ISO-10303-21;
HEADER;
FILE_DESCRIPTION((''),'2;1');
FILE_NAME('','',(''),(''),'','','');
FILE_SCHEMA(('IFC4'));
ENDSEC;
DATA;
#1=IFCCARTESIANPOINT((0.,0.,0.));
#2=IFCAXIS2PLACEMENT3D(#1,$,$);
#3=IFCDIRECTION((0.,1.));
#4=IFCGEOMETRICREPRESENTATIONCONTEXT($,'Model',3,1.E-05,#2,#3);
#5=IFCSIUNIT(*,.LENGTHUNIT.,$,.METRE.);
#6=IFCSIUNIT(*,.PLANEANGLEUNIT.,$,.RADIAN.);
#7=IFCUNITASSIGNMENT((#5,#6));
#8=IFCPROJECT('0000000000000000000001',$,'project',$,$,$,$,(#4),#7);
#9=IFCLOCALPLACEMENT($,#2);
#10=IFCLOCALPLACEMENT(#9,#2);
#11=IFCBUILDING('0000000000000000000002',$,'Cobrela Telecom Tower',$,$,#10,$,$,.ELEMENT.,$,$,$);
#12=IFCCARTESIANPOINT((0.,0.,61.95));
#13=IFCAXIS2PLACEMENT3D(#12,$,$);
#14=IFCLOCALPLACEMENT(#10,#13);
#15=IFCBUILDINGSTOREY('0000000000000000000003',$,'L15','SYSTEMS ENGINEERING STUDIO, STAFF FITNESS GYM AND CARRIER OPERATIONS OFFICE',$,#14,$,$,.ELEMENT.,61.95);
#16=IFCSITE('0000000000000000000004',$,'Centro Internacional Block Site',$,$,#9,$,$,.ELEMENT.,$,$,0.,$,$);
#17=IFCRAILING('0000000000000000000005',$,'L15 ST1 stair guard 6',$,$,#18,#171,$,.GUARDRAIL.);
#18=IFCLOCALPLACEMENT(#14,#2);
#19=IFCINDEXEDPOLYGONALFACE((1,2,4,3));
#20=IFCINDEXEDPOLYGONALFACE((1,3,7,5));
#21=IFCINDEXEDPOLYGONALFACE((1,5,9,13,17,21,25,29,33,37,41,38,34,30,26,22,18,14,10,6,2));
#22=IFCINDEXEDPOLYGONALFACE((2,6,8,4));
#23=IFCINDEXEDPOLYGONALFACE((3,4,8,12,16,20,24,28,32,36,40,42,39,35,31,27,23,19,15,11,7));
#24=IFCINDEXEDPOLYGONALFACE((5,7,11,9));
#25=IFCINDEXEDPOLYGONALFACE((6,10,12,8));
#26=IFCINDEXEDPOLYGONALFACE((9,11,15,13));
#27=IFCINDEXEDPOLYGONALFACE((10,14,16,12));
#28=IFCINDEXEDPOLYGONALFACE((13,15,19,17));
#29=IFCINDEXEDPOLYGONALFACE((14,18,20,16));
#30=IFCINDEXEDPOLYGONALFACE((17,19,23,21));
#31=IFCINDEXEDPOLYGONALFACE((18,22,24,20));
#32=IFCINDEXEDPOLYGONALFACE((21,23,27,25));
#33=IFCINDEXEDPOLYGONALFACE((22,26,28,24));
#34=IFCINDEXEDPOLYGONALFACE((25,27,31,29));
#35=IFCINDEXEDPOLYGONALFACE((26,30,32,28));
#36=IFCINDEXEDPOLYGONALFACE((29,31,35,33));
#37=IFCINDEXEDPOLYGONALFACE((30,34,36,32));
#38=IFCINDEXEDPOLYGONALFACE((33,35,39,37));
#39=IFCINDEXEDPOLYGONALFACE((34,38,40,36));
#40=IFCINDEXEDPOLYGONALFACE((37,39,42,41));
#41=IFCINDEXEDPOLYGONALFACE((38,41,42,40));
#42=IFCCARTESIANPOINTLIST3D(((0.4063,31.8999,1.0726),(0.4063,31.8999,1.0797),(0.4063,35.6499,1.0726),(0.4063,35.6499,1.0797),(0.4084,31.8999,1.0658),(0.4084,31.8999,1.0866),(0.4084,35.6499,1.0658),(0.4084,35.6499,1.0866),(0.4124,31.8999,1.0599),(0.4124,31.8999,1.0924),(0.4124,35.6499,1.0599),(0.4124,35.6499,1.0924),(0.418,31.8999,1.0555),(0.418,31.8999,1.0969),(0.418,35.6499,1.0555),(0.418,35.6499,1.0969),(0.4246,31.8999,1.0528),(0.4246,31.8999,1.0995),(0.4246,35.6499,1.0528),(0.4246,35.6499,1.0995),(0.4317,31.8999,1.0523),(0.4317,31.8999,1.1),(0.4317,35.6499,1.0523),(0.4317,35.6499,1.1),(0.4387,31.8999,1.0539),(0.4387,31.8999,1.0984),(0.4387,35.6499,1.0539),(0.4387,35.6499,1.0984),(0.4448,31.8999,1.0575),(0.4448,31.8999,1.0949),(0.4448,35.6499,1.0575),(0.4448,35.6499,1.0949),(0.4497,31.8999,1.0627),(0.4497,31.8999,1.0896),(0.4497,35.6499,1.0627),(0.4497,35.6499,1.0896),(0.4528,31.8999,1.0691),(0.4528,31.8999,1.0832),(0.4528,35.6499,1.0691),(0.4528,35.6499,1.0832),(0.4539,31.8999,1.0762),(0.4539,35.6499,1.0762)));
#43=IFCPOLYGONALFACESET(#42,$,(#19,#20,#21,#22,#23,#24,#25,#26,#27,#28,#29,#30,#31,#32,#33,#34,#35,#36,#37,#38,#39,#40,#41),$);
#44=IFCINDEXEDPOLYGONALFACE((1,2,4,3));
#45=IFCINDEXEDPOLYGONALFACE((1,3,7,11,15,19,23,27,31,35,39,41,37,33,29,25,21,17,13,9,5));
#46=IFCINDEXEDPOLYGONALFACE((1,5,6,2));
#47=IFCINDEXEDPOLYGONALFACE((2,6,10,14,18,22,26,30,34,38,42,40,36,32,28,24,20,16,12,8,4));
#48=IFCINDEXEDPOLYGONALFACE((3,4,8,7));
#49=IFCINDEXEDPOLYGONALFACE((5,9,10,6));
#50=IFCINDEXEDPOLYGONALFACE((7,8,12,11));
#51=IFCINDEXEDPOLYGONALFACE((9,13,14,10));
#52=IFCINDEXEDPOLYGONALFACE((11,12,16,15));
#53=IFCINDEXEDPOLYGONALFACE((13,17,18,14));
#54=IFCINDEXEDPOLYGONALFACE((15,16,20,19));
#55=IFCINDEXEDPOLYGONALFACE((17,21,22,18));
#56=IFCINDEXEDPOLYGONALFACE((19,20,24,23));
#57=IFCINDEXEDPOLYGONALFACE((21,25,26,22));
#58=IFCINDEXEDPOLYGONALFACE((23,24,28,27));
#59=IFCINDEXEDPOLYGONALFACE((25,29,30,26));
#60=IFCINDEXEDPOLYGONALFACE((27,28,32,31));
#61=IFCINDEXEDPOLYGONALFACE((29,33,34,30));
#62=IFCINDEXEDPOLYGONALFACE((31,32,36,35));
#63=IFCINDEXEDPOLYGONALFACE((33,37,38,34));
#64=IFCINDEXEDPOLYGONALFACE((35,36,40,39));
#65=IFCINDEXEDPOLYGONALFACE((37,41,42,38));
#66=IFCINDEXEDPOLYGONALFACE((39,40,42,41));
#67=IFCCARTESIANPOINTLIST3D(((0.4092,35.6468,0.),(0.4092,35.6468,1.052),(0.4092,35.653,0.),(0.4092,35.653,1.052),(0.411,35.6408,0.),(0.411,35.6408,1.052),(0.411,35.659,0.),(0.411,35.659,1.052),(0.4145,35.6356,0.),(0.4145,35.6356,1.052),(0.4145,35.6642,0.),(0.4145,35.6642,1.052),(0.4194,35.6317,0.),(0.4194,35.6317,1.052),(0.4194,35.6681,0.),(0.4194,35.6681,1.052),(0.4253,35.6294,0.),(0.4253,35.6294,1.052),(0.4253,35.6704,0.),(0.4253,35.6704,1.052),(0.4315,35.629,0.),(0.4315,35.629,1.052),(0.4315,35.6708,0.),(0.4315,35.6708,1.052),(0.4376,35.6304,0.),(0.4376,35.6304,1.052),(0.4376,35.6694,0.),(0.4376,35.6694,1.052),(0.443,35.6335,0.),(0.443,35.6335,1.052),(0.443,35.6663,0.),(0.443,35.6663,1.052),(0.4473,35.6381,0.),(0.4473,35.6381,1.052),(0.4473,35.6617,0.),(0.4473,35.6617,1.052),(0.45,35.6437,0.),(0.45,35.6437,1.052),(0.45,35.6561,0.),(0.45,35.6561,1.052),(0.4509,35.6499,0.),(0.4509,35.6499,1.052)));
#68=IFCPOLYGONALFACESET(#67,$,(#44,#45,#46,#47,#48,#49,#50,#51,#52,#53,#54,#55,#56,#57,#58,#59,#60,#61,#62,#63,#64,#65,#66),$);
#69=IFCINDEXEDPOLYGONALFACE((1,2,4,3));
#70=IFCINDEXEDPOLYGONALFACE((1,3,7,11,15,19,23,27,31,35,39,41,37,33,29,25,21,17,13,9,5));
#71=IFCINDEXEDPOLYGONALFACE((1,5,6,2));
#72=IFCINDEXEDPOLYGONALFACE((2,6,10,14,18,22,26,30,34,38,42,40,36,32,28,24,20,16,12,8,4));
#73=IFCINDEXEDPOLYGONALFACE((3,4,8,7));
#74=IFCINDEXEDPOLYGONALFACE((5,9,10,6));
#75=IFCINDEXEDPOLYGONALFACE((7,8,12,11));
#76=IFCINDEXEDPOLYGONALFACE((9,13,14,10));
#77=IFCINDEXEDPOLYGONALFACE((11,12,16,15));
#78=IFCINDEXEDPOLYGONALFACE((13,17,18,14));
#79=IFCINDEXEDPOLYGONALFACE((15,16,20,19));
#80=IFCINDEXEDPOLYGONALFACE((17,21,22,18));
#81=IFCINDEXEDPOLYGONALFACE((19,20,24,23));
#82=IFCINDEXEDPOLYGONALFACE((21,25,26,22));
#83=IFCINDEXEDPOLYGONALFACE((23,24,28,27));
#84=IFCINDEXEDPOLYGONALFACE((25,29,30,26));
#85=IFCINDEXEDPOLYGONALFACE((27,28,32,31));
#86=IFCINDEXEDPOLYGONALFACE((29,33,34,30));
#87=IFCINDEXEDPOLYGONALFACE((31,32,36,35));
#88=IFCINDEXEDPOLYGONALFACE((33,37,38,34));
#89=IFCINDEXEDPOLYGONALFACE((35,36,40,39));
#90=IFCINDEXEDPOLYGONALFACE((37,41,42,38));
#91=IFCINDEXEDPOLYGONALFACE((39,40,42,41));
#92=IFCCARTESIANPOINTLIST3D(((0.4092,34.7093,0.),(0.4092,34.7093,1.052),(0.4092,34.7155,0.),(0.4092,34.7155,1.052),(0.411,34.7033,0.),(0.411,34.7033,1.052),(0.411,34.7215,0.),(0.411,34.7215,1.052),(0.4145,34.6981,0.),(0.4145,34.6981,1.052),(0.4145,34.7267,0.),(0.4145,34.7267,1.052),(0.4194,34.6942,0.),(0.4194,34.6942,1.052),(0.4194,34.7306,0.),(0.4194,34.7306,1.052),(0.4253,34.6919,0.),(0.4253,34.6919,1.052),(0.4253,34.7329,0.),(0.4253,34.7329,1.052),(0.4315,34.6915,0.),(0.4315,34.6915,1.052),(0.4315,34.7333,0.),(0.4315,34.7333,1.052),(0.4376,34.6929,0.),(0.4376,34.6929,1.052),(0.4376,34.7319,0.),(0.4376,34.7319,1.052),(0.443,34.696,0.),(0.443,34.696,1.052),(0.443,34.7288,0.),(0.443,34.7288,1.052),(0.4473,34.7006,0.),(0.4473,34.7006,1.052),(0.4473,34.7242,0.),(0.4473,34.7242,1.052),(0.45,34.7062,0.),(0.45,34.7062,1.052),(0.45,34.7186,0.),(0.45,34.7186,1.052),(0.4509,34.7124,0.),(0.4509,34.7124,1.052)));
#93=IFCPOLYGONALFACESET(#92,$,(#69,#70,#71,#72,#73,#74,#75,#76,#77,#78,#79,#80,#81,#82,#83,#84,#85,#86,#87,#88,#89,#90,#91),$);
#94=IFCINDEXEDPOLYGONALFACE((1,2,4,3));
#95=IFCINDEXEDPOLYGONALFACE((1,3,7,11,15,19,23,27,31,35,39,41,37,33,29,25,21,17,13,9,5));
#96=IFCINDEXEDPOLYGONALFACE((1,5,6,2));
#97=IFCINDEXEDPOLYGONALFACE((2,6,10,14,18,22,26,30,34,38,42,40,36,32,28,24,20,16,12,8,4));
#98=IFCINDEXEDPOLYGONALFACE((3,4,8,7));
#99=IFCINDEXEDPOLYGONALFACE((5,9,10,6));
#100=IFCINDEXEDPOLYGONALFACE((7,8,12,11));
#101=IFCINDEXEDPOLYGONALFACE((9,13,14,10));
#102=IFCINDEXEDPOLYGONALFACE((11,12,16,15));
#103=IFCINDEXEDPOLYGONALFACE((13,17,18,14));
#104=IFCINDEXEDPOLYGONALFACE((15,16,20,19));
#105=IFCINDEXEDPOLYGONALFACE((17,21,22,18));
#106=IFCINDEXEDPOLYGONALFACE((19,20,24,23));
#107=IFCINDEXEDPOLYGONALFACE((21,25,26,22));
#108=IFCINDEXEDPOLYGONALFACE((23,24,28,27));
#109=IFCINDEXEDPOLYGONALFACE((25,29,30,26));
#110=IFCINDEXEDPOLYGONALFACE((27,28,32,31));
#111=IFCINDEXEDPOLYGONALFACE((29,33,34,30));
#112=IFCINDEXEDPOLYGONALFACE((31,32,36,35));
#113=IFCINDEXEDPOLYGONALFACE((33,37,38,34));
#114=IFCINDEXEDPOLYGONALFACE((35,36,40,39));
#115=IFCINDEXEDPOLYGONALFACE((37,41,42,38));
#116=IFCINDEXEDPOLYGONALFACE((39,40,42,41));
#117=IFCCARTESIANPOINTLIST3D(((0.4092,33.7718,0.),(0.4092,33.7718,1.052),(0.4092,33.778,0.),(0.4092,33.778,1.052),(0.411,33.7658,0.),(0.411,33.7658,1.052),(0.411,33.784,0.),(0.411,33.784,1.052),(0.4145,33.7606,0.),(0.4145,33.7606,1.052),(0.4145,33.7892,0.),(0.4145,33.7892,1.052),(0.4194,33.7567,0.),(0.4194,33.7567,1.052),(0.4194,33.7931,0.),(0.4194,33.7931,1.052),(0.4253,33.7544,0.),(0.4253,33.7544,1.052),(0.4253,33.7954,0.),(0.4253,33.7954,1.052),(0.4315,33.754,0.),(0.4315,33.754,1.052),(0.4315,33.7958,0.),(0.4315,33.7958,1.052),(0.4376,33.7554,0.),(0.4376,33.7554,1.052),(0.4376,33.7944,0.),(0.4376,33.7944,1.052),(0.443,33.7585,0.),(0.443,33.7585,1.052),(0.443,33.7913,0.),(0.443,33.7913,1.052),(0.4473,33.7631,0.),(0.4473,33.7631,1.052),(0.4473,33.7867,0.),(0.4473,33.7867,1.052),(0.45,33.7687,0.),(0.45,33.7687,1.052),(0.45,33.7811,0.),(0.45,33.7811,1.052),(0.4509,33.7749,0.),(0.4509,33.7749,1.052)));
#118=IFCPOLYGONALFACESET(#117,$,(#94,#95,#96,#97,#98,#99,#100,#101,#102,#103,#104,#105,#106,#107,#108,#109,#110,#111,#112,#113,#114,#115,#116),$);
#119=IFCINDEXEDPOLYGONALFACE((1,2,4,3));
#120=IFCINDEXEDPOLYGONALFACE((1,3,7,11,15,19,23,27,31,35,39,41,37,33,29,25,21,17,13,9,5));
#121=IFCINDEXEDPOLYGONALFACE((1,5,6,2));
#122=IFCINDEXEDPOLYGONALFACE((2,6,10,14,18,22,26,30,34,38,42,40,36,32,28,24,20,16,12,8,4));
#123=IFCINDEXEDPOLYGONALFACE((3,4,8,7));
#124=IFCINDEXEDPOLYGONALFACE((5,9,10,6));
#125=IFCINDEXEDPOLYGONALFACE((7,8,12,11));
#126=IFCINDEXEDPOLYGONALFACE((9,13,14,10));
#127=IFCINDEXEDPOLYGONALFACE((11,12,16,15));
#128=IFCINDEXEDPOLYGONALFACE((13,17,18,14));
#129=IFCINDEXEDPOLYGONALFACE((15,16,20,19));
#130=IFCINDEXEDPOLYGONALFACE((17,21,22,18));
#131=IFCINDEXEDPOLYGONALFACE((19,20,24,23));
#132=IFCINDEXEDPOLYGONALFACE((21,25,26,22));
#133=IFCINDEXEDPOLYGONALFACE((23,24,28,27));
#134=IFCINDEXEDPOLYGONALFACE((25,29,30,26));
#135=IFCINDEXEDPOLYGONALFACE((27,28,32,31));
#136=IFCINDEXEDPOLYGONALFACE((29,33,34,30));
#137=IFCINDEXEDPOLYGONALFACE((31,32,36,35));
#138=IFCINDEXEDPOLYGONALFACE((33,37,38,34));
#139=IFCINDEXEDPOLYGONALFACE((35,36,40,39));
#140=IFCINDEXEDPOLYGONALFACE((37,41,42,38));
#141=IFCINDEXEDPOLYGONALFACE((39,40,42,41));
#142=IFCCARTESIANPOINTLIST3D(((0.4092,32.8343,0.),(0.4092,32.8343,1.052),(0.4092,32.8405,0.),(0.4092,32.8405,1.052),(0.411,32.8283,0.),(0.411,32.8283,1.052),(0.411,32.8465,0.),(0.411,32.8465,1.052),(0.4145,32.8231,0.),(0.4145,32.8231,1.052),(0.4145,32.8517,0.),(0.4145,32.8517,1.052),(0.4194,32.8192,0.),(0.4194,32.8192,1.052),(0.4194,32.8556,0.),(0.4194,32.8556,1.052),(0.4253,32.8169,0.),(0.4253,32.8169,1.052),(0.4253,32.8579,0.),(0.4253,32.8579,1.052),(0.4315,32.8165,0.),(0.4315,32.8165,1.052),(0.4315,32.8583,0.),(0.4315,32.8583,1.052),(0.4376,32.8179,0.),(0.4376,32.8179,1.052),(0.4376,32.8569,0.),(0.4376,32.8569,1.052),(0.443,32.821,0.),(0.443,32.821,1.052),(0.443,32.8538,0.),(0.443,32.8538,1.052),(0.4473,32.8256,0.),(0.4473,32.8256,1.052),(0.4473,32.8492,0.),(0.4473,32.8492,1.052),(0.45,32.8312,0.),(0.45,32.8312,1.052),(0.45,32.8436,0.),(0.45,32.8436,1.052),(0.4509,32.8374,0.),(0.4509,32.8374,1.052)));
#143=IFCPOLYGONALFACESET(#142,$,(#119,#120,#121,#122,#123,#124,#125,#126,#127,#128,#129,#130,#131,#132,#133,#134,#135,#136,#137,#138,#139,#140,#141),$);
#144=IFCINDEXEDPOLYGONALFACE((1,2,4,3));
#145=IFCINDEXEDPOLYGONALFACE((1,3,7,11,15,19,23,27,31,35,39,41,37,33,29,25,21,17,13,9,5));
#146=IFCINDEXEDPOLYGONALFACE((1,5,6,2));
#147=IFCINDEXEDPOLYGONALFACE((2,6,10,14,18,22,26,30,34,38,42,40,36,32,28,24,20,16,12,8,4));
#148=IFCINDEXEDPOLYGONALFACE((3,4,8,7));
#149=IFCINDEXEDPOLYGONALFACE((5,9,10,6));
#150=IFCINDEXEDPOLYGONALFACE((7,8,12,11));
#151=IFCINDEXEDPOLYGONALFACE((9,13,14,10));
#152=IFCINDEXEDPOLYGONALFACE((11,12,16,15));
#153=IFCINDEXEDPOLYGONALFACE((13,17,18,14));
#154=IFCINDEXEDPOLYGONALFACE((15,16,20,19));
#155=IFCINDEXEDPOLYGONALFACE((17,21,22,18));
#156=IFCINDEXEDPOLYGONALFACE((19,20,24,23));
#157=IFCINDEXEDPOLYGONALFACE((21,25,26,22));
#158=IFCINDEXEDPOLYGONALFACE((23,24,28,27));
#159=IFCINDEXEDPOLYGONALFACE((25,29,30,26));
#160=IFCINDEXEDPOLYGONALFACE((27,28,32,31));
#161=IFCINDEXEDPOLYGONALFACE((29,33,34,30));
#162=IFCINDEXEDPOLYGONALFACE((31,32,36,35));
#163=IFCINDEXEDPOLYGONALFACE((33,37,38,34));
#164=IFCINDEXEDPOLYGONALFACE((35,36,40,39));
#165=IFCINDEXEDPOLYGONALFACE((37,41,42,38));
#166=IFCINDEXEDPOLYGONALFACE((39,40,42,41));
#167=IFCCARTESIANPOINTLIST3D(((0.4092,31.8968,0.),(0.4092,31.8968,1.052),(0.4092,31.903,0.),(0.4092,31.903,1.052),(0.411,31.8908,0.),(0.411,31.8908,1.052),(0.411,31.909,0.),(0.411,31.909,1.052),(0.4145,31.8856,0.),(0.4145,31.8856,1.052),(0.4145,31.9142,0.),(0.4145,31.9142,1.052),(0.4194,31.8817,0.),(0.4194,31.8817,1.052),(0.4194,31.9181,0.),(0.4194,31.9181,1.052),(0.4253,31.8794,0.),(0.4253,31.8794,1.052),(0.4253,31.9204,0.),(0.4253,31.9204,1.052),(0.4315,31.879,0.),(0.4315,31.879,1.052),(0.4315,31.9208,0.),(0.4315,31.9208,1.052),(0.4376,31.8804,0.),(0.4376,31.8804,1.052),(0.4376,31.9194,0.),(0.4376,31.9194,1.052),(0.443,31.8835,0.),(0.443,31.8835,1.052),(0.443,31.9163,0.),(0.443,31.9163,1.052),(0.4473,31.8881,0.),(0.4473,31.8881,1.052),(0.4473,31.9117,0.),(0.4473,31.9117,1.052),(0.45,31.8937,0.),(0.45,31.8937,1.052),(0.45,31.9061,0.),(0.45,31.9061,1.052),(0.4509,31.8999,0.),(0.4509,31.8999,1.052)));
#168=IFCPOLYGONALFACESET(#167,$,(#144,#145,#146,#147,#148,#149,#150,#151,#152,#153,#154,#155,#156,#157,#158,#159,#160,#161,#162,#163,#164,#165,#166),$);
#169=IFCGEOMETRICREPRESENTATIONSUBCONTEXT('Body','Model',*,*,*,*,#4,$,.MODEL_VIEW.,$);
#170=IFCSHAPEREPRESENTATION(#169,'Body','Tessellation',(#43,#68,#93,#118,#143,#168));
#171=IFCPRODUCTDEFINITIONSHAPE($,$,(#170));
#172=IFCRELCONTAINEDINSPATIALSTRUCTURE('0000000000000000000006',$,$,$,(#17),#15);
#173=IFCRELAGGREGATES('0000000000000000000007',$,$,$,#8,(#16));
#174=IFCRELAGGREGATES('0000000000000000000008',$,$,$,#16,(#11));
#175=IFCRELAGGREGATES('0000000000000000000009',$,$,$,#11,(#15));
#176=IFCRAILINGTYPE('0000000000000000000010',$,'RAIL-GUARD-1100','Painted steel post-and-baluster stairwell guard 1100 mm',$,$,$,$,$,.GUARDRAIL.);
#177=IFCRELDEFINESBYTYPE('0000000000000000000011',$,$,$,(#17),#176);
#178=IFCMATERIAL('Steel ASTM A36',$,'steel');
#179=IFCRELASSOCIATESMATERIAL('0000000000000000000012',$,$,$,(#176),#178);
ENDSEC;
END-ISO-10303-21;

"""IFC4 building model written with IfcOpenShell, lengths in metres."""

from ifc_helpers import new_model, si_unit, direction, frame, origin, origin_2d, place, context, subcontext, project, spatial, circle, extrude, material, type_object, element, save


model = new_model("IFC4")

# Units and contexts
model_context = context("Model", 3, precision=1e-05, world=origin(), true_north=direction((0.0, 1.0)))
body_context = subcontext(model_context, "Body", "Model", "MODEL_VIEW")
ifc_project = project(units=[si_unit("LENGTHUNIT", "METRE"), si_unit("PLANEANGLEUNIT", "RADIAN")], contexts=[model_context])

# Site, building, storey
site_placement = place(None, origin())
site = spatial("IfcSite", under=ifc_project, at=site_placement, Name="Centro Internacional Block Site", CompositionType="ELEMENT", RefElevation=0.0)
building_placement = place(site_placement, origin())
building = spatial("IfcBuilding", under=site, at=building_placement, Name="Cobrela Telecom Tower", CompositionType="ELEMENT")
storey_placement = place(building_placement, frame((0.0, 0.0, 61.95)))
storey = spatial("IfcBuildingStorey", under=building, at=storey_placement, Name="L15", Description="SYSTEMS ENGINEERING STUDIO, STAFF FITNESS GYM AND CARRIER OPERATIONS OFFICE", CompositionType="ELEMENT", Elevation=61.95)

# Shared definitions
ifc_material_1 = material(Name="Steel ASTM A36", Category="steel")

# Railing
railing_type_1 = type_object("IfcRailingType", Name="RAIL-GUARD-1100", Description="Painted steel post-and-baluster stairwell guard 1100 mm", PredefinedType="GUARDRAIL", material=ifc_material_1)
railing_1_placement = place(storey_placement, frame((0.4299, 35.6499, 0.0)))
element("IfcRailing", 1, at=railing_1_placement, inside=storey, type_object=railing_type_1, Name="L15 ST1 stair guard 6", PredefinedType="GUARDRAIL", context=body_context, shape_type="SweptSolid", body=[
    extrude(circle(Radius=0.0239, at=origin_2d()), frame((0.0, 0.0, 1.0762), z_axis=(0.0, -1.0, 0.0), x_axis=(1.0, 0.0, 0.0)), (0.0, 0.0, 1.0), 3.75),
    extrude(circle(Radius=0.021, at=origin_2d()), origin(), (0.0, 0.0, 1.0), 1.052),
    extrude(circle(Radius=0.021, at=origin_2d()), frame((0.0, -0.9375, 0.0)), (0.0, 0.0, 1.0), 1.052),
    extrude(circle(Radius=0.021, at=origin_2d()), frame((0.0, -1.875, 0.0)), (0.0, 0.0, 1.0), 1.052),
    extrude(circle(Radius=0.021, at=origin_2d()), frame((0.0, -2.8125, 0.0)), (0.0, 0.0, 1.0), 1.052),
    extrude(circle(Radius=0.021, at=origin_2d()), frame((0.0, -3.75, 0.0)), (0.0, 0.0, 1.0), 1.052),
])

save(model, "model.ifc")
